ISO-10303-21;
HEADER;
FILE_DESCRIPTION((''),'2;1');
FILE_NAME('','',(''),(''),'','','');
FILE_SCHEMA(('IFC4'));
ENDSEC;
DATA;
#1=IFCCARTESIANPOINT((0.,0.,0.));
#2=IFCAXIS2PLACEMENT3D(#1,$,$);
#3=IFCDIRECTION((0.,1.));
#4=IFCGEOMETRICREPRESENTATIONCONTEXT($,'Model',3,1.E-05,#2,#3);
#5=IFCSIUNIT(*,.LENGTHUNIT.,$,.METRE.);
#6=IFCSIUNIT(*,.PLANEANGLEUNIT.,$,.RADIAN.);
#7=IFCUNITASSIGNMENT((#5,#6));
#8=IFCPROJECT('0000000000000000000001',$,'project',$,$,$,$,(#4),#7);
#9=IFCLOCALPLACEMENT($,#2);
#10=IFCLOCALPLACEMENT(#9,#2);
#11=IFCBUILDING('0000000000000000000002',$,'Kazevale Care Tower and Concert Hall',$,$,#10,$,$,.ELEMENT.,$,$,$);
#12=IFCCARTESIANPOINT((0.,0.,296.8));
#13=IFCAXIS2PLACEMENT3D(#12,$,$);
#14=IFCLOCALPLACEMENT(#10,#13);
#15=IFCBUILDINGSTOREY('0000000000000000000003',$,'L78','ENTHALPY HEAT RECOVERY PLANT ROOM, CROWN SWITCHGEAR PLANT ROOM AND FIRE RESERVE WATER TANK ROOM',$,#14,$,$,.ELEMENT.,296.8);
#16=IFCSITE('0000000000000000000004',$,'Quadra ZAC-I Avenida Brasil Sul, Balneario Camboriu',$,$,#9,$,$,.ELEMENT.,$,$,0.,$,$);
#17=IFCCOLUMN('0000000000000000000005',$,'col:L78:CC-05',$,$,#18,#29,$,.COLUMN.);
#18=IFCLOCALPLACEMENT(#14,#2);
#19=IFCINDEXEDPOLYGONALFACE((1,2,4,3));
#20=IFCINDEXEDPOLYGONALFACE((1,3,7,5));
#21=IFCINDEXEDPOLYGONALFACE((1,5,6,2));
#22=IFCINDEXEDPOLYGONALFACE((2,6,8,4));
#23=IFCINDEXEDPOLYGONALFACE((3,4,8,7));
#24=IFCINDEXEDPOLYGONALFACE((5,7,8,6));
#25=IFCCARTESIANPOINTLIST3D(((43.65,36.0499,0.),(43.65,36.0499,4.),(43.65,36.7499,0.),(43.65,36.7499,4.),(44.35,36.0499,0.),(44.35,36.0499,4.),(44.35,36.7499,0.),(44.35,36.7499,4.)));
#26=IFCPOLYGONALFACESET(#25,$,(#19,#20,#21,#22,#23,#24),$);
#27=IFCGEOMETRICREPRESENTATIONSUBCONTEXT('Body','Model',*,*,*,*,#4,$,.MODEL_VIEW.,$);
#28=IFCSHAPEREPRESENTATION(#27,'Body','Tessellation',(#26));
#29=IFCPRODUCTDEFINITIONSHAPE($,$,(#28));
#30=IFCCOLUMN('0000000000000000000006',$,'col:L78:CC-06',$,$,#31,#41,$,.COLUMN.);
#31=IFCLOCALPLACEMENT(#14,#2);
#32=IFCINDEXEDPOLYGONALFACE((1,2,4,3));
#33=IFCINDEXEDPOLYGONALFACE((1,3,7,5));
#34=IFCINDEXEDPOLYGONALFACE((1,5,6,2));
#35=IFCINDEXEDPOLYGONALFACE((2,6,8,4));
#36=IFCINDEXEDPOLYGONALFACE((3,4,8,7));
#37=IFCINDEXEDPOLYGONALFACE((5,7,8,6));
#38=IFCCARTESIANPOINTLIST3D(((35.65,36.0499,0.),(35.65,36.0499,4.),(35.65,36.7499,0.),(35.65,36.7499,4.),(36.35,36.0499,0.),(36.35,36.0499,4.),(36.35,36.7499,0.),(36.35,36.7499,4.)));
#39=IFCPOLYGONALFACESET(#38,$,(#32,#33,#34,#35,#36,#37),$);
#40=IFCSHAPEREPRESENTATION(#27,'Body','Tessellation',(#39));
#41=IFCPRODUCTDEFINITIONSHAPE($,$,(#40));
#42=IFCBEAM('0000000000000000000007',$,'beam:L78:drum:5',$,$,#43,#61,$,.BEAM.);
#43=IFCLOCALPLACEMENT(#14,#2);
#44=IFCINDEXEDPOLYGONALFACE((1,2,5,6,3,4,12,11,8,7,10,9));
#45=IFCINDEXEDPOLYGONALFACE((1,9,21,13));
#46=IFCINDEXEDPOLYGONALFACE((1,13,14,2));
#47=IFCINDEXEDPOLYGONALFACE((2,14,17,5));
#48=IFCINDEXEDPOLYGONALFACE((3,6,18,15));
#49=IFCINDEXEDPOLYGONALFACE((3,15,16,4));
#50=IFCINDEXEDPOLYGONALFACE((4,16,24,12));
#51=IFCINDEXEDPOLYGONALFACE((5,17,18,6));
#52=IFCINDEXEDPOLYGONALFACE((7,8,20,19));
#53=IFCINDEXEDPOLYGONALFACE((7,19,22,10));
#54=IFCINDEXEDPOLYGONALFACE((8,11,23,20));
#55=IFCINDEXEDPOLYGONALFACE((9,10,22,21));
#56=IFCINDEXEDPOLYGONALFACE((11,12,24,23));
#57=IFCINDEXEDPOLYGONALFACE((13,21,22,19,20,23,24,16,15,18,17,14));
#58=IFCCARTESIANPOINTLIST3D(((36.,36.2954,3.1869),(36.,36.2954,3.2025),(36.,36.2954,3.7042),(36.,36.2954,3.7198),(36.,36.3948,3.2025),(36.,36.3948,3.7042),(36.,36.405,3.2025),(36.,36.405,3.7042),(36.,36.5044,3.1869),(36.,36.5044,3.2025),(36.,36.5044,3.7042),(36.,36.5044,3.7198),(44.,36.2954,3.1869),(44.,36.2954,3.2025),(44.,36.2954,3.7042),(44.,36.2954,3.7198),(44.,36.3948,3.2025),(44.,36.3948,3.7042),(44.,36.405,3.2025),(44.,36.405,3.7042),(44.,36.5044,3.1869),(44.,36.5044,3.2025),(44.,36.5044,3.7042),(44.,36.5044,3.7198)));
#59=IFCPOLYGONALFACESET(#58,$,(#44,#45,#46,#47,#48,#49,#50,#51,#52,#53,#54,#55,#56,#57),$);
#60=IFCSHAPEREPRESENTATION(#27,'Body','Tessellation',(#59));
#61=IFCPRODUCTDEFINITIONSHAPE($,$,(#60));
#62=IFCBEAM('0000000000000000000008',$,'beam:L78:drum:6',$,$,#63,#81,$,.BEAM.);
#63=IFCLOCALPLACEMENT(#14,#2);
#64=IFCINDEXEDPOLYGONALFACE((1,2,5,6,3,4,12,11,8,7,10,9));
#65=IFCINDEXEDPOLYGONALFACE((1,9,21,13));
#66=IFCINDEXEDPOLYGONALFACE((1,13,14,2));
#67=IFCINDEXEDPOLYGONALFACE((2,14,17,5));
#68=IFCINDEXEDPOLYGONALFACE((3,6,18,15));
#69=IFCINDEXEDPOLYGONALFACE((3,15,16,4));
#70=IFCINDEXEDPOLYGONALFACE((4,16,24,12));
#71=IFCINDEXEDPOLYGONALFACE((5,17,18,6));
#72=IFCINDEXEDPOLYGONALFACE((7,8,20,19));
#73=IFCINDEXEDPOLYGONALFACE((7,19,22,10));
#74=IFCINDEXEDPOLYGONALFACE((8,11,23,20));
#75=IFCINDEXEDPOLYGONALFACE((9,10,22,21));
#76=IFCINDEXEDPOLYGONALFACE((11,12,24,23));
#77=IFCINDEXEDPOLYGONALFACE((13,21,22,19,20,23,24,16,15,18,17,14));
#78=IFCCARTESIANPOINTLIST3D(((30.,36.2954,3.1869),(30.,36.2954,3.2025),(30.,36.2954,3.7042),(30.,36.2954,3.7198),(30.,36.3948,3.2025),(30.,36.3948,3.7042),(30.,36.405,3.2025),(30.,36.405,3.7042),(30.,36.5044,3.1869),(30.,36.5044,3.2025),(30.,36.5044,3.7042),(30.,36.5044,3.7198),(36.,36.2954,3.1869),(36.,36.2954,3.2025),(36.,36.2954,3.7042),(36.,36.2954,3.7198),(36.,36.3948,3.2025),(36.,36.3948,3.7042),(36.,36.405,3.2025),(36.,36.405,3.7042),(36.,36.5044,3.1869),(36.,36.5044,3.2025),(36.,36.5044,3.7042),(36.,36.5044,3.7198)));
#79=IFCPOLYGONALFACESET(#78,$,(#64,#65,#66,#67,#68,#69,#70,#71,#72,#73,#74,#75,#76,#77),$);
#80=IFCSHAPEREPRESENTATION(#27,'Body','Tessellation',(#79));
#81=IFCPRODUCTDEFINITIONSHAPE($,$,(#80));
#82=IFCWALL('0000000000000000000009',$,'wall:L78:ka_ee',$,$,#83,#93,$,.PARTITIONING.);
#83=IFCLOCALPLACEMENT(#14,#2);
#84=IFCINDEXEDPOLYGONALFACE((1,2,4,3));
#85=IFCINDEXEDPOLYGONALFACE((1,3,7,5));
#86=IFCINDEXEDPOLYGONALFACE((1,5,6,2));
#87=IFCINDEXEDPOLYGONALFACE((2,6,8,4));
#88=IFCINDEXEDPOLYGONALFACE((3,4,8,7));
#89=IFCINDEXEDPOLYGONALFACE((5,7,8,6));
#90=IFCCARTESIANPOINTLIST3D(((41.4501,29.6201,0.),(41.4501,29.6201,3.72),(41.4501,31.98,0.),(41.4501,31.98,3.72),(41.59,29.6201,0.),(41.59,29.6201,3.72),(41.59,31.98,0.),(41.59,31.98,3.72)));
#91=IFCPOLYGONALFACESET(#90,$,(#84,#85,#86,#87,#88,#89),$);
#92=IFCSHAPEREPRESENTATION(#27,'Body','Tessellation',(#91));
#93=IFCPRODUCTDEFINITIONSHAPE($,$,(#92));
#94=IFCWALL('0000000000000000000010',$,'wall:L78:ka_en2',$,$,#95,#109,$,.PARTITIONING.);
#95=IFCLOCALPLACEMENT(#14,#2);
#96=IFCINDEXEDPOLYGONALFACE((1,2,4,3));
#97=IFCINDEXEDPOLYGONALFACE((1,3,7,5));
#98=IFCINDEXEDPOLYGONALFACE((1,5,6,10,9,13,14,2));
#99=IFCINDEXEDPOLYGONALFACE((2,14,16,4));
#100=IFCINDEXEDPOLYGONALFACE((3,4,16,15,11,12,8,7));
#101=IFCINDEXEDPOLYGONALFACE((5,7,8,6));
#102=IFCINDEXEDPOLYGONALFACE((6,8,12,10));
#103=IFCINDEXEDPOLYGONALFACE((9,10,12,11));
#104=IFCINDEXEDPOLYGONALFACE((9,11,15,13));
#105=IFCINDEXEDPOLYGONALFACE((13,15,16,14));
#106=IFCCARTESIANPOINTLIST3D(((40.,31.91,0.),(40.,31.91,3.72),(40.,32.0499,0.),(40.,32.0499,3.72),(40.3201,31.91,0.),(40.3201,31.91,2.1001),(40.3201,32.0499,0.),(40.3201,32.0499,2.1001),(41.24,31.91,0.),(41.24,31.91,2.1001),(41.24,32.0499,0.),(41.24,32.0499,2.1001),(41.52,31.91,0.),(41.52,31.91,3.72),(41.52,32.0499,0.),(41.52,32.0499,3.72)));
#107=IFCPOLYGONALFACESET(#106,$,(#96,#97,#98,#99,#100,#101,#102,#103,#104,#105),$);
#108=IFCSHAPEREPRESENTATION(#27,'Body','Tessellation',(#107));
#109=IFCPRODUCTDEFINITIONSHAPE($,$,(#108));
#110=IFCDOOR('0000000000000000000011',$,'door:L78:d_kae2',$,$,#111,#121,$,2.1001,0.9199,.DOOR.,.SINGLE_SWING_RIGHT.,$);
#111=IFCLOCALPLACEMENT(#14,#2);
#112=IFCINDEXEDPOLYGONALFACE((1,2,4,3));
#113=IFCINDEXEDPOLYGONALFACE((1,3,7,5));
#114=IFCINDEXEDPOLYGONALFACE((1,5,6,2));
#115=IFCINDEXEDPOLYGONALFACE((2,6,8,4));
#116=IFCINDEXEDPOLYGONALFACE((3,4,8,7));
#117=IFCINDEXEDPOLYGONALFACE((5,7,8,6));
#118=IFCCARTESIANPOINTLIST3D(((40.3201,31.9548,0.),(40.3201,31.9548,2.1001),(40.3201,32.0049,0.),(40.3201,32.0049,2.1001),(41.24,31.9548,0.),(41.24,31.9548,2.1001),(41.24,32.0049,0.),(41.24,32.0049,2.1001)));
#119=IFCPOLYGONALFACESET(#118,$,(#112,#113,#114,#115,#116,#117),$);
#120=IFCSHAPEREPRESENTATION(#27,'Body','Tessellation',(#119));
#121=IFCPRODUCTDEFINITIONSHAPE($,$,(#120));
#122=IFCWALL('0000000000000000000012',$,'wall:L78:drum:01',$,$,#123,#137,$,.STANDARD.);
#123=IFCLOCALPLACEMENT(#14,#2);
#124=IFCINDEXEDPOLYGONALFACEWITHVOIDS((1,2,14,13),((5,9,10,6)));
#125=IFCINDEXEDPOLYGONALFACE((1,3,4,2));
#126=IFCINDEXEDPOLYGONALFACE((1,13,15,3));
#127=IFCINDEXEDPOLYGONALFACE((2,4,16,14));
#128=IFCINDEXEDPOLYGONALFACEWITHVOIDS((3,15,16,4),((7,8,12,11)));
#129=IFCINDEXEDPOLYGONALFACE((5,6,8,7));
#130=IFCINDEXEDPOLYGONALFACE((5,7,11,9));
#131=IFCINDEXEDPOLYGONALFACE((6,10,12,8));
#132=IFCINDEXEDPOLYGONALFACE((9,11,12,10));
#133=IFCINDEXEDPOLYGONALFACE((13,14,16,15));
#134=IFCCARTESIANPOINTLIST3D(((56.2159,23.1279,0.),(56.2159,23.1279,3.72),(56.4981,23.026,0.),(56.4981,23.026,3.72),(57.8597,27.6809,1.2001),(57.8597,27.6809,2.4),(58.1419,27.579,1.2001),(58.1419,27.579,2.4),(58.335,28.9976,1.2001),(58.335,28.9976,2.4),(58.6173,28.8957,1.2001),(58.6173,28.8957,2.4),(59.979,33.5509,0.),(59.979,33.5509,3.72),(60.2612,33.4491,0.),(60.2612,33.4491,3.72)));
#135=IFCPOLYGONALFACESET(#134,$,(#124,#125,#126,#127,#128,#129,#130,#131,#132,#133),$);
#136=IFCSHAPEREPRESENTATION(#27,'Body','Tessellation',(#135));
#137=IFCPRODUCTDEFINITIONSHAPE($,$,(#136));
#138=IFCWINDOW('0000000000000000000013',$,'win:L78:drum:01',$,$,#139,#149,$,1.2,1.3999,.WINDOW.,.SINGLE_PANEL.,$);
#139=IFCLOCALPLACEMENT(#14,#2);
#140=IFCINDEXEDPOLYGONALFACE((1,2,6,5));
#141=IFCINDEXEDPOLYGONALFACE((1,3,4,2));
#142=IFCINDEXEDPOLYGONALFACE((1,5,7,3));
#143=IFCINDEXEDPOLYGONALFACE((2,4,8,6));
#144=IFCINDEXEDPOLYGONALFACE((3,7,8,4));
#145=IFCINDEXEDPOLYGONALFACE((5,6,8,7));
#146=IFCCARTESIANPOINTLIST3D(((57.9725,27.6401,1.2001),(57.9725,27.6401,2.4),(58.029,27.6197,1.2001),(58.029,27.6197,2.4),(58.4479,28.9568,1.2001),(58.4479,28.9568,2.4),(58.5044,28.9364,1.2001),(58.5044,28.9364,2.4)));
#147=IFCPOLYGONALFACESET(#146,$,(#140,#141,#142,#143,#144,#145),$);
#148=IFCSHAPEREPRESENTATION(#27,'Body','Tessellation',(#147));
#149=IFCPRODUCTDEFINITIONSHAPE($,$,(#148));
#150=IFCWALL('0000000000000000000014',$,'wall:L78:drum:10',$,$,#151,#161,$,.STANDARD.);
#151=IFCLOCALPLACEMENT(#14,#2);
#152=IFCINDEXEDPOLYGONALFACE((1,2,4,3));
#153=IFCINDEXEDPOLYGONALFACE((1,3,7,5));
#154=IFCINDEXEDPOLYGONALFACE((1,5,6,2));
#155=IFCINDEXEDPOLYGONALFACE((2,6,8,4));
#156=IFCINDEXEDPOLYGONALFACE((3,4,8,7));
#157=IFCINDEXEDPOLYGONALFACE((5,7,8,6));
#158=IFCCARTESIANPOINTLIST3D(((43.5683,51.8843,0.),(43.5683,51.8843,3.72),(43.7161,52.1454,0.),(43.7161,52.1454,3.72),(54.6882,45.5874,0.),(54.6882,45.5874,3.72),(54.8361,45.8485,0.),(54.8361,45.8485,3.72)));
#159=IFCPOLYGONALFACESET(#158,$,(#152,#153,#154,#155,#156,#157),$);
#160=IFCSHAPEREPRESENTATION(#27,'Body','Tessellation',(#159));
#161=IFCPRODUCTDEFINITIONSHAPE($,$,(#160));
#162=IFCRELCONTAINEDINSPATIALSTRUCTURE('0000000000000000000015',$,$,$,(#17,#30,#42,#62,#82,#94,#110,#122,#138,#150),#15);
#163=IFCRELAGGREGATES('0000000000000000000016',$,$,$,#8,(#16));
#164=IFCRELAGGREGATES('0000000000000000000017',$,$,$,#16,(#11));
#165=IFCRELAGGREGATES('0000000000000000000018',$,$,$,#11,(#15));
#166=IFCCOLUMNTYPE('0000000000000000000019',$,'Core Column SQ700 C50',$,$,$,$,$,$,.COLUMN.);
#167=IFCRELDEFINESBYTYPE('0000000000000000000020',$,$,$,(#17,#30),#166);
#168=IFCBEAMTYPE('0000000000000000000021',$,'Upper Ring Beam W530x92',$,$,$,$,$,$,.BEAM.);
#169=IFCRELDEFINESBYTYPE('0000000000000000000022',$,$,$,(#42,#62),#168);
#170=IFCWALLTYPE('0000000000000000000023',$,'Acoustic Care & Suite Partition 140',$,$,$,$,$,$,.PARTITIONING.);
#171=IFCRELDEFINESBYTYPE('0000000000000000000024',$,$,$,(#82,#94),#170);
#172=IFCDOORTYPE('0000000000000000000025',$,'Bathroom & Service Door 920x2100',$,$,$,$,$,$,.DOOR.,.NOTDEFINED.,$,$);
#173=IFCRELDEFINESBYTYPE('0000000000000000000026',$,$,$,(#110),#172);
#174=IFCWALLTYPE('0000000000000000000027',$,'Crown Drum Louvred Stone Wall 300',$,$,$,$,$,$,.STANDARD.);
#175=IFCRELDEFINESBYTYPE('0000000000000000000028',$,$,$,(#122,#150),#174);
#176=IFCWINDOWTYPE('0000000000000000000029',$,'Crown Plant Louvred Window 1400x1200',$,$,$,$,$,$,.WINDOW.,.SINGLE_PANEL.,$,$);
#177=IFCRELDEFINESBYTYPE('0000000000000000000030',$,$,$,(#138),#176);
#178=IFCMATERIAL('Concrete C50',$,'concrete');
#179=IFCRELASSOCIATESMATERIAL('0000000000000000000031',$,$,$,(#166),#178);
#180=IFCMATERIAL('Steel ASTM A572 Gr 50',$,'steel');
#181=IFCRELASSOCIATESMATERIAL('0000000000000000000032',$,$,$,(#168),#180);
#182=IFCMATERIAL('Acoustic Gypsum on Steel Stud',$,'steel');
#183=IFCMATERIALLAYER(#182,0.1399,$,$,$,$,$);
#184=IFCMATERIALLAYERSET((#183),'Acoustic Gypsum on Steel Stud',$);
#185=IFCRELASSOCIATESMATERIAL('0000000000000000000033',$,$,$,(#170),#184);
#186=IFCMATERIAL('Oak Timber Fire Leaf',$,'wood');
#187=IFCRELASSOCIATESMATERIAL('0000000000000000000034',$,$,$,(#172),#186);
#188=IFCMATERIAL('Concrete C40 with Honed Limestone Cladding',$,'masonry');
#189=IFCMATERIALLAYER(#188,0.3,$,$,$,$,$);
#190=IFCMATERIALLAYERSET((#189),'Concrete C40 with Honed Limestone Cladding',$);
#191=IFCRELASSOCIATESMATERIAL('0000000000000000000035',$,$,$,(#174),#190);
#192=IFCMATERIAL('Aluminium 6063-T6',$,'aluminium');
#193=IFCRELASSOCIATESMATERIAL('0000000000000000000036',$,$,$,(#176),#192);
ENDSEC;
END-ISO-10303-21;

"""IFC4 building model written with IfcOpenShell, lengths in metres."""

from ifc_helpers import new_model, si_unit, direction, frame, frame_2d, origin, origin_2d, place, context, subcontext, project, spatial, rectangle, i_section, extrude, material, layer, layer_set, material_profile, profile_set, type_object, element, fill, save


model = new_model("IFC4")

# Units and contexts
model_context = context("Model", 3, precision=1e-05, world=origin(), true_north=direction((0.0, 1.0)))
body_context = subcontext(model_context, "Body", "Model", "MODEL_VIEW")
ifc_project = project(units=[si_unit("LENGTHUNIT", "METRE"), si_unit("PLANEANGLEUNIT", "RADIAN")], contexts=[model_context])

# Site, building, storey
site_placement = place(None, origin())
site = spatial("IfcSite", under=ifc_project, at=site_placement, Name="Quadra ZAC-I Avenida Brasil Sul, Balneario Camboriu", CompositionType="ELEMENT", RefElevation=0.0)
building_placement = place(site_placement, origin())
building = spatial("IfcBuilding", under=site, at=building_placement, Name="Kazevale Care Tower and Concert Hall", CompositionType="ELEMENT")
storey_placement = place(building_placement, frame((0.0, 0.0, 296.8)))
storey = spatial("IfcBuildingStorey", under=building, at=storey_placement, Name="L78", Description="ENTHALPY HEAT RECOVERY PLANT ROOM, CROWN SWITCHGEAR PLANT ROOM AND FIRE RESERVE WATER TANK ROOM", CompositionType="ELEMENT", Elevation=296.8)

# Columns
ifc_material_1 = material(Name="Concrete C50", Category="concrete")
ifc_material_profile_1 = material_profile(ifc_material_1, rectangle(XDim=0.7, YDim=0.7, at=origin_2d()), Name="RC-SQ700")
ifc_profile_set_1 = profile_set([ifc_material_profile_1], Name="Concrete C50")
column_type = type_object("IfcColumnType", Name="Core Column SQ700 C50", PredefinedType="COLUMN", material=ifc_profile_set_1)
for number, where, z_axis, x_axis, name in (
    (1, (44.0, 36.3999, 0.0), (0.0, 0.0, 1.0), (1.0, 0.0, 0.0), "col:L78:CC-05"),
    (2, (36.0, 36.3999, 0.0), (0.0, 0.0, 1.0), (1.0, 0.0, 0.0), "col:L78:CC-06"),
):
    element("IfcColumn", number, at=place(storey_placement, frame(where, z_axis=z_axis, x_axis=x_axis)), inside=storey, type_object=column_type, Name=name, PredefinedType="COLUMN", context=body_context, shape_type="SweptSolid", body=[
        extrude(rectangle(XDim=0.7, YDim=0.7, at=origin_2d()), origin(), (0.0, 0.0, 1.0), 4.0),
    ])

# Beams
ifc_material_2 = material(Name="Steel ASTM A572 Gr 50", Category="steel")
ifc_material_profile_2 = material_profile(ifc_material_2, i_section(OverallWidth=0.209, OverallDepth=0.533, WebThickness=0.0103, FlangeThickness=0.0156, at=origin_2d()), Name="W530x92")
ifc_profile_set_2 = profile_set([ifc_material_profile_2], Name="Steel ASTM A572 Gr 50")
beam_type = type_object("IfcBeamType", Name="Upper Ring Beam W530x92", PredefinedType="BEAM", material=ifc_profile_set_2)
beam_1_placement = place(storey_placement, frame((44.0, 36.3999, 3.4534), z_axis=(-1.0, 0.0, 0.0), x_axis=(0.0, -1.0, 0.0)))
element("IfcBeam", 3, at=beam_1_placement, inside=storey, type_object=beam_type, Name="beam:L78:drum:5", PredefinedType="BEAM", context=body_context, shape_type="SweptSolid", body=[
    extrude(i_section(OverallWidth=0.209, OverallDepth=0.533, WebThickness=0.0103, FlangeThickness=0.0156, at=origin_2d()), origin(), (0.0, 0.0, 1.0), 8.0),
])
beam_2_placement = place(storey_placement, frame((36.0, 36.3999, 3.4534), z_axis=(-1.0, 0.0, 0.0), x_axis=(0.0, -1.0, 0.0)))
element("IfcBeam", 4, at=beam_2_placement, inside=storey, type_object=beam_type, Name="beam:L78:drum:6", PredefinedType="BEAM", context=body_context, shape_type="SweptSolid", body=[
    extrude(i_section(OverallWidth=0.209, OverallDepth=0.533, WebThickness=0.0103, FlangeThickness=0.0156, at=origin_2d()), origin(), (0.0, 0.0, 1.0), 6.0),
])

# Wall
ifc_material_3 = material(Name="Acoustic Gypsum on Steel Stud", Category="steel")
ifc_layer_1 = layer(ifc_material_3, 0.1399)
ifc_layer_set_1 = layer_set([ifc_layer_1], Name="Acoustic Gypsum on Steel Stud")
wall_type_1 = type_object("IfcWallType", Name="Acoustic Care & Suite Partition 140", PredefinedType="PARTITIONING", material=ifc_layer_set_1)
wall_1_placement = place(storey_placement, frame((41.52, 29.6201, 0.0), z_axis=(0.0, 0.0, 1.0), x_axis=(0.0, 1.0, 0.0)))
element("IfcWall", 5, at=wall_1_placement, inside=storey, type_object=wall_type_1, Name="wall:L78:ka_ee", PredefinedType="PARTITIONING", context=body_context, shape_type="SweptSolid", body=[
    extrude(rectangle(XDim=2.3599, YDim=0.1399, at=frame_2d((1.1799, 0.0))), origin(), (0.0, 0.0, 1.0), 3.72),
])

# Wall, opening, door
wall_2_placement = place(storey_placement, frame((40.0, 31.98, 0.0), z_axis=(0.0, 0.0, 1.0), x_axis=(1.0, 0.0, 0.0)))
wall_2 = element("IfcWall", 6, at=wall_2_placement, inside=storey, type_object=wall_type_1, Name="wall:L78:ka_en2", PredefinedType="PARTITIONING", context=body_context, shape_type="SweptSolid", body=[
    extrude(rectangle(XDim=1.52, YDim=0.1399, at=frame_2d((0.76, 0.0))), origin(), (0.0, 0.0, 1.0), 3.72),
])
opening_1_placement = place(wall_2_placement, frame((0.3201, 0.0, 0.0)))
opening_1 = element("IfcOpeningElement", 7, at=opening_1_placement, cuts=wall_2, PredefinedType="OPENING", context=body_context, shape_type="SweptSolid", body=[
    extrude(rectangle(XDim=0.9199, YDim=2.1001, at=frame_2d((0.46, 1.05))), frame((0.0, 0.0798, 0.0), z_axis=(0.0, -1.0, 0.0), x_axis=(1.0, 0.0, 0.0)), (0.0, 0.0, 1.0), 0.1599),
])
ifc_material_4 = material(Name="Oak Timber Fire Leaf", Category="wood")
door_type_1 = type_object("IfcDoorType", Name="Bathroom & Service Door 920x2100", OperationType="NOTDEFINED", PredefinedType="DOOR", material=ifc_material_4)
door_1_placement = place(opening_1_placement, origin())
door_1 = element("IfcDoor", 8, at=door_1_placement, inside=storey, type_object=door_type_1, Name="door:L78:d_kae2", OperationType="SINGLE_SWING_RIGHT", OverallHeight=2.1001, OverallWidth=0.9199, PredefinedType="DOOR", context=body_context, shape_type="SweptSolid", body=[
    extrude(rectangle(XDim=0.9199, YDim=2.1001, at=frame_2d((0.46, 1.05))), frame((0.0, 0.0249, 0.0), z_axis=(0.0, -1.0, 0.0), x_axis=(1.0, 0.0, 0.0)), (0.0, 0.0, 1.0), 0.05),
])
fill(opening_1, door_1)

# Wall, opening, window
ifc_material_5 = material(Name="Concrete C40 with Honed Limestone Cladding", Category="masonry")
ifc_layer_2 = layer(ifc_material_5, 0.3)
ifc_layer_set_2 = layer_set([ifc_layer_2], Name="Concrete C40 with Honed Limestone Cladding")
wall_type_2 = type_object("IfcWallType", Name="Crown Drum Louvred Stone Wall 300", PredefinedType="STANDARD", material=ifc_layer_set_2)
wall_3_placement = place(storey_placement, frame((60.1201, 33.5, 0.0), z_axis=(0.0, 0.0, 1.0), x_axis=(-0.339588, -0.940574, 0.0)))
wall_3 = element("IfcWall", 9, at=wall_3_placement, inside=storey, type_object=wall_type_2, Name="wall:L78:drum:01", PredefinedType="STANDARD", context=body_context, shape_type="SweptSolid", body=[
    extrude(rectangle(XDim=11.0815, YDim=0.3, at=frame_2d((5.5408, 0.0))), origin(), (0.0, 0.0, 1.0), 3.72),
])
opening_2_placement = place(wall_3_placement, frame((4.8411, 0.0, 1.2)))
opening_2 = element("IfcOpeningElement", 10, at=opening_2_placement, cuts=wall_3, PredefinedType="OPENING", context=body_context, shape_type="SweptSolid", body=[
    extrude(rectangle(XDim=1.3999, YDim=1.2, at=frame_2d((0.7, 0.6001))), frame((0.0, 0.1599, 0.0), z_axis=(0.0, -1.0, 0.0), x_axis=(1.0, 0.0, 0.0)), (0.0, 0.0, 1.0), 0.3201),
])
ifc_material_6 = material(Name="Aluminium 6063-T6", Category="aluminium")
window_type = type_object("IfcWindowType", Name="Crown Plant Louvred Window 1400x1200", PartitioningType="SINGLE_PANEL", PredefinedType="WINDOW", material=ifc_material_6)
window_1_placement = place(opening_2_placement, origin())
window_1 = element("IfcWindow", 11, at=window_1_placement, inside=storey, type_object=window_type, Name="win:L78:drum:01", OverallHeight=1.2, OverallWidth=1.3999, PartitioningType="SINGLE_PANEL", PredefinedType="WINDOW", context=body_context, shape_type="SweptSolid", body=[
    extrude(rectangle(XDim=1.3999, YDim=1.2, at=frame_2d((0.7, 0.6001))), frame((0.0, 0.03, 0.0), z_axis=(0.0, -1.0, 0.0), x_axis=(1.0, 0.0, 0.0)), (0.0, 0.0, 1.0), 0.0601),
])
fill(opening_2, window_1)

# Wall
wall_4_placement = place(storey_placement, frame((43.6421, 52.0149, 0.0), z_axis=(0.0, 0.0, 1.0), x_axis=(0.870169, -0.492753, 0.0)))
element("IfcWall", 12, at=wall_4_placement, inside=storey, type_object=wall_type_2, Name="wall:L78:drum:10", PredefinedType="STANDARD", context=body_context, shape_type="SweptSolid", body=[
    extrude(rectangle(XDim=12.7791, YDim=0.3, at=frame_2d((6.3896, 0.0))), origin(), (0.0, 0.0, 1.0), 3.72),
])

save(model, "model.ifc")
